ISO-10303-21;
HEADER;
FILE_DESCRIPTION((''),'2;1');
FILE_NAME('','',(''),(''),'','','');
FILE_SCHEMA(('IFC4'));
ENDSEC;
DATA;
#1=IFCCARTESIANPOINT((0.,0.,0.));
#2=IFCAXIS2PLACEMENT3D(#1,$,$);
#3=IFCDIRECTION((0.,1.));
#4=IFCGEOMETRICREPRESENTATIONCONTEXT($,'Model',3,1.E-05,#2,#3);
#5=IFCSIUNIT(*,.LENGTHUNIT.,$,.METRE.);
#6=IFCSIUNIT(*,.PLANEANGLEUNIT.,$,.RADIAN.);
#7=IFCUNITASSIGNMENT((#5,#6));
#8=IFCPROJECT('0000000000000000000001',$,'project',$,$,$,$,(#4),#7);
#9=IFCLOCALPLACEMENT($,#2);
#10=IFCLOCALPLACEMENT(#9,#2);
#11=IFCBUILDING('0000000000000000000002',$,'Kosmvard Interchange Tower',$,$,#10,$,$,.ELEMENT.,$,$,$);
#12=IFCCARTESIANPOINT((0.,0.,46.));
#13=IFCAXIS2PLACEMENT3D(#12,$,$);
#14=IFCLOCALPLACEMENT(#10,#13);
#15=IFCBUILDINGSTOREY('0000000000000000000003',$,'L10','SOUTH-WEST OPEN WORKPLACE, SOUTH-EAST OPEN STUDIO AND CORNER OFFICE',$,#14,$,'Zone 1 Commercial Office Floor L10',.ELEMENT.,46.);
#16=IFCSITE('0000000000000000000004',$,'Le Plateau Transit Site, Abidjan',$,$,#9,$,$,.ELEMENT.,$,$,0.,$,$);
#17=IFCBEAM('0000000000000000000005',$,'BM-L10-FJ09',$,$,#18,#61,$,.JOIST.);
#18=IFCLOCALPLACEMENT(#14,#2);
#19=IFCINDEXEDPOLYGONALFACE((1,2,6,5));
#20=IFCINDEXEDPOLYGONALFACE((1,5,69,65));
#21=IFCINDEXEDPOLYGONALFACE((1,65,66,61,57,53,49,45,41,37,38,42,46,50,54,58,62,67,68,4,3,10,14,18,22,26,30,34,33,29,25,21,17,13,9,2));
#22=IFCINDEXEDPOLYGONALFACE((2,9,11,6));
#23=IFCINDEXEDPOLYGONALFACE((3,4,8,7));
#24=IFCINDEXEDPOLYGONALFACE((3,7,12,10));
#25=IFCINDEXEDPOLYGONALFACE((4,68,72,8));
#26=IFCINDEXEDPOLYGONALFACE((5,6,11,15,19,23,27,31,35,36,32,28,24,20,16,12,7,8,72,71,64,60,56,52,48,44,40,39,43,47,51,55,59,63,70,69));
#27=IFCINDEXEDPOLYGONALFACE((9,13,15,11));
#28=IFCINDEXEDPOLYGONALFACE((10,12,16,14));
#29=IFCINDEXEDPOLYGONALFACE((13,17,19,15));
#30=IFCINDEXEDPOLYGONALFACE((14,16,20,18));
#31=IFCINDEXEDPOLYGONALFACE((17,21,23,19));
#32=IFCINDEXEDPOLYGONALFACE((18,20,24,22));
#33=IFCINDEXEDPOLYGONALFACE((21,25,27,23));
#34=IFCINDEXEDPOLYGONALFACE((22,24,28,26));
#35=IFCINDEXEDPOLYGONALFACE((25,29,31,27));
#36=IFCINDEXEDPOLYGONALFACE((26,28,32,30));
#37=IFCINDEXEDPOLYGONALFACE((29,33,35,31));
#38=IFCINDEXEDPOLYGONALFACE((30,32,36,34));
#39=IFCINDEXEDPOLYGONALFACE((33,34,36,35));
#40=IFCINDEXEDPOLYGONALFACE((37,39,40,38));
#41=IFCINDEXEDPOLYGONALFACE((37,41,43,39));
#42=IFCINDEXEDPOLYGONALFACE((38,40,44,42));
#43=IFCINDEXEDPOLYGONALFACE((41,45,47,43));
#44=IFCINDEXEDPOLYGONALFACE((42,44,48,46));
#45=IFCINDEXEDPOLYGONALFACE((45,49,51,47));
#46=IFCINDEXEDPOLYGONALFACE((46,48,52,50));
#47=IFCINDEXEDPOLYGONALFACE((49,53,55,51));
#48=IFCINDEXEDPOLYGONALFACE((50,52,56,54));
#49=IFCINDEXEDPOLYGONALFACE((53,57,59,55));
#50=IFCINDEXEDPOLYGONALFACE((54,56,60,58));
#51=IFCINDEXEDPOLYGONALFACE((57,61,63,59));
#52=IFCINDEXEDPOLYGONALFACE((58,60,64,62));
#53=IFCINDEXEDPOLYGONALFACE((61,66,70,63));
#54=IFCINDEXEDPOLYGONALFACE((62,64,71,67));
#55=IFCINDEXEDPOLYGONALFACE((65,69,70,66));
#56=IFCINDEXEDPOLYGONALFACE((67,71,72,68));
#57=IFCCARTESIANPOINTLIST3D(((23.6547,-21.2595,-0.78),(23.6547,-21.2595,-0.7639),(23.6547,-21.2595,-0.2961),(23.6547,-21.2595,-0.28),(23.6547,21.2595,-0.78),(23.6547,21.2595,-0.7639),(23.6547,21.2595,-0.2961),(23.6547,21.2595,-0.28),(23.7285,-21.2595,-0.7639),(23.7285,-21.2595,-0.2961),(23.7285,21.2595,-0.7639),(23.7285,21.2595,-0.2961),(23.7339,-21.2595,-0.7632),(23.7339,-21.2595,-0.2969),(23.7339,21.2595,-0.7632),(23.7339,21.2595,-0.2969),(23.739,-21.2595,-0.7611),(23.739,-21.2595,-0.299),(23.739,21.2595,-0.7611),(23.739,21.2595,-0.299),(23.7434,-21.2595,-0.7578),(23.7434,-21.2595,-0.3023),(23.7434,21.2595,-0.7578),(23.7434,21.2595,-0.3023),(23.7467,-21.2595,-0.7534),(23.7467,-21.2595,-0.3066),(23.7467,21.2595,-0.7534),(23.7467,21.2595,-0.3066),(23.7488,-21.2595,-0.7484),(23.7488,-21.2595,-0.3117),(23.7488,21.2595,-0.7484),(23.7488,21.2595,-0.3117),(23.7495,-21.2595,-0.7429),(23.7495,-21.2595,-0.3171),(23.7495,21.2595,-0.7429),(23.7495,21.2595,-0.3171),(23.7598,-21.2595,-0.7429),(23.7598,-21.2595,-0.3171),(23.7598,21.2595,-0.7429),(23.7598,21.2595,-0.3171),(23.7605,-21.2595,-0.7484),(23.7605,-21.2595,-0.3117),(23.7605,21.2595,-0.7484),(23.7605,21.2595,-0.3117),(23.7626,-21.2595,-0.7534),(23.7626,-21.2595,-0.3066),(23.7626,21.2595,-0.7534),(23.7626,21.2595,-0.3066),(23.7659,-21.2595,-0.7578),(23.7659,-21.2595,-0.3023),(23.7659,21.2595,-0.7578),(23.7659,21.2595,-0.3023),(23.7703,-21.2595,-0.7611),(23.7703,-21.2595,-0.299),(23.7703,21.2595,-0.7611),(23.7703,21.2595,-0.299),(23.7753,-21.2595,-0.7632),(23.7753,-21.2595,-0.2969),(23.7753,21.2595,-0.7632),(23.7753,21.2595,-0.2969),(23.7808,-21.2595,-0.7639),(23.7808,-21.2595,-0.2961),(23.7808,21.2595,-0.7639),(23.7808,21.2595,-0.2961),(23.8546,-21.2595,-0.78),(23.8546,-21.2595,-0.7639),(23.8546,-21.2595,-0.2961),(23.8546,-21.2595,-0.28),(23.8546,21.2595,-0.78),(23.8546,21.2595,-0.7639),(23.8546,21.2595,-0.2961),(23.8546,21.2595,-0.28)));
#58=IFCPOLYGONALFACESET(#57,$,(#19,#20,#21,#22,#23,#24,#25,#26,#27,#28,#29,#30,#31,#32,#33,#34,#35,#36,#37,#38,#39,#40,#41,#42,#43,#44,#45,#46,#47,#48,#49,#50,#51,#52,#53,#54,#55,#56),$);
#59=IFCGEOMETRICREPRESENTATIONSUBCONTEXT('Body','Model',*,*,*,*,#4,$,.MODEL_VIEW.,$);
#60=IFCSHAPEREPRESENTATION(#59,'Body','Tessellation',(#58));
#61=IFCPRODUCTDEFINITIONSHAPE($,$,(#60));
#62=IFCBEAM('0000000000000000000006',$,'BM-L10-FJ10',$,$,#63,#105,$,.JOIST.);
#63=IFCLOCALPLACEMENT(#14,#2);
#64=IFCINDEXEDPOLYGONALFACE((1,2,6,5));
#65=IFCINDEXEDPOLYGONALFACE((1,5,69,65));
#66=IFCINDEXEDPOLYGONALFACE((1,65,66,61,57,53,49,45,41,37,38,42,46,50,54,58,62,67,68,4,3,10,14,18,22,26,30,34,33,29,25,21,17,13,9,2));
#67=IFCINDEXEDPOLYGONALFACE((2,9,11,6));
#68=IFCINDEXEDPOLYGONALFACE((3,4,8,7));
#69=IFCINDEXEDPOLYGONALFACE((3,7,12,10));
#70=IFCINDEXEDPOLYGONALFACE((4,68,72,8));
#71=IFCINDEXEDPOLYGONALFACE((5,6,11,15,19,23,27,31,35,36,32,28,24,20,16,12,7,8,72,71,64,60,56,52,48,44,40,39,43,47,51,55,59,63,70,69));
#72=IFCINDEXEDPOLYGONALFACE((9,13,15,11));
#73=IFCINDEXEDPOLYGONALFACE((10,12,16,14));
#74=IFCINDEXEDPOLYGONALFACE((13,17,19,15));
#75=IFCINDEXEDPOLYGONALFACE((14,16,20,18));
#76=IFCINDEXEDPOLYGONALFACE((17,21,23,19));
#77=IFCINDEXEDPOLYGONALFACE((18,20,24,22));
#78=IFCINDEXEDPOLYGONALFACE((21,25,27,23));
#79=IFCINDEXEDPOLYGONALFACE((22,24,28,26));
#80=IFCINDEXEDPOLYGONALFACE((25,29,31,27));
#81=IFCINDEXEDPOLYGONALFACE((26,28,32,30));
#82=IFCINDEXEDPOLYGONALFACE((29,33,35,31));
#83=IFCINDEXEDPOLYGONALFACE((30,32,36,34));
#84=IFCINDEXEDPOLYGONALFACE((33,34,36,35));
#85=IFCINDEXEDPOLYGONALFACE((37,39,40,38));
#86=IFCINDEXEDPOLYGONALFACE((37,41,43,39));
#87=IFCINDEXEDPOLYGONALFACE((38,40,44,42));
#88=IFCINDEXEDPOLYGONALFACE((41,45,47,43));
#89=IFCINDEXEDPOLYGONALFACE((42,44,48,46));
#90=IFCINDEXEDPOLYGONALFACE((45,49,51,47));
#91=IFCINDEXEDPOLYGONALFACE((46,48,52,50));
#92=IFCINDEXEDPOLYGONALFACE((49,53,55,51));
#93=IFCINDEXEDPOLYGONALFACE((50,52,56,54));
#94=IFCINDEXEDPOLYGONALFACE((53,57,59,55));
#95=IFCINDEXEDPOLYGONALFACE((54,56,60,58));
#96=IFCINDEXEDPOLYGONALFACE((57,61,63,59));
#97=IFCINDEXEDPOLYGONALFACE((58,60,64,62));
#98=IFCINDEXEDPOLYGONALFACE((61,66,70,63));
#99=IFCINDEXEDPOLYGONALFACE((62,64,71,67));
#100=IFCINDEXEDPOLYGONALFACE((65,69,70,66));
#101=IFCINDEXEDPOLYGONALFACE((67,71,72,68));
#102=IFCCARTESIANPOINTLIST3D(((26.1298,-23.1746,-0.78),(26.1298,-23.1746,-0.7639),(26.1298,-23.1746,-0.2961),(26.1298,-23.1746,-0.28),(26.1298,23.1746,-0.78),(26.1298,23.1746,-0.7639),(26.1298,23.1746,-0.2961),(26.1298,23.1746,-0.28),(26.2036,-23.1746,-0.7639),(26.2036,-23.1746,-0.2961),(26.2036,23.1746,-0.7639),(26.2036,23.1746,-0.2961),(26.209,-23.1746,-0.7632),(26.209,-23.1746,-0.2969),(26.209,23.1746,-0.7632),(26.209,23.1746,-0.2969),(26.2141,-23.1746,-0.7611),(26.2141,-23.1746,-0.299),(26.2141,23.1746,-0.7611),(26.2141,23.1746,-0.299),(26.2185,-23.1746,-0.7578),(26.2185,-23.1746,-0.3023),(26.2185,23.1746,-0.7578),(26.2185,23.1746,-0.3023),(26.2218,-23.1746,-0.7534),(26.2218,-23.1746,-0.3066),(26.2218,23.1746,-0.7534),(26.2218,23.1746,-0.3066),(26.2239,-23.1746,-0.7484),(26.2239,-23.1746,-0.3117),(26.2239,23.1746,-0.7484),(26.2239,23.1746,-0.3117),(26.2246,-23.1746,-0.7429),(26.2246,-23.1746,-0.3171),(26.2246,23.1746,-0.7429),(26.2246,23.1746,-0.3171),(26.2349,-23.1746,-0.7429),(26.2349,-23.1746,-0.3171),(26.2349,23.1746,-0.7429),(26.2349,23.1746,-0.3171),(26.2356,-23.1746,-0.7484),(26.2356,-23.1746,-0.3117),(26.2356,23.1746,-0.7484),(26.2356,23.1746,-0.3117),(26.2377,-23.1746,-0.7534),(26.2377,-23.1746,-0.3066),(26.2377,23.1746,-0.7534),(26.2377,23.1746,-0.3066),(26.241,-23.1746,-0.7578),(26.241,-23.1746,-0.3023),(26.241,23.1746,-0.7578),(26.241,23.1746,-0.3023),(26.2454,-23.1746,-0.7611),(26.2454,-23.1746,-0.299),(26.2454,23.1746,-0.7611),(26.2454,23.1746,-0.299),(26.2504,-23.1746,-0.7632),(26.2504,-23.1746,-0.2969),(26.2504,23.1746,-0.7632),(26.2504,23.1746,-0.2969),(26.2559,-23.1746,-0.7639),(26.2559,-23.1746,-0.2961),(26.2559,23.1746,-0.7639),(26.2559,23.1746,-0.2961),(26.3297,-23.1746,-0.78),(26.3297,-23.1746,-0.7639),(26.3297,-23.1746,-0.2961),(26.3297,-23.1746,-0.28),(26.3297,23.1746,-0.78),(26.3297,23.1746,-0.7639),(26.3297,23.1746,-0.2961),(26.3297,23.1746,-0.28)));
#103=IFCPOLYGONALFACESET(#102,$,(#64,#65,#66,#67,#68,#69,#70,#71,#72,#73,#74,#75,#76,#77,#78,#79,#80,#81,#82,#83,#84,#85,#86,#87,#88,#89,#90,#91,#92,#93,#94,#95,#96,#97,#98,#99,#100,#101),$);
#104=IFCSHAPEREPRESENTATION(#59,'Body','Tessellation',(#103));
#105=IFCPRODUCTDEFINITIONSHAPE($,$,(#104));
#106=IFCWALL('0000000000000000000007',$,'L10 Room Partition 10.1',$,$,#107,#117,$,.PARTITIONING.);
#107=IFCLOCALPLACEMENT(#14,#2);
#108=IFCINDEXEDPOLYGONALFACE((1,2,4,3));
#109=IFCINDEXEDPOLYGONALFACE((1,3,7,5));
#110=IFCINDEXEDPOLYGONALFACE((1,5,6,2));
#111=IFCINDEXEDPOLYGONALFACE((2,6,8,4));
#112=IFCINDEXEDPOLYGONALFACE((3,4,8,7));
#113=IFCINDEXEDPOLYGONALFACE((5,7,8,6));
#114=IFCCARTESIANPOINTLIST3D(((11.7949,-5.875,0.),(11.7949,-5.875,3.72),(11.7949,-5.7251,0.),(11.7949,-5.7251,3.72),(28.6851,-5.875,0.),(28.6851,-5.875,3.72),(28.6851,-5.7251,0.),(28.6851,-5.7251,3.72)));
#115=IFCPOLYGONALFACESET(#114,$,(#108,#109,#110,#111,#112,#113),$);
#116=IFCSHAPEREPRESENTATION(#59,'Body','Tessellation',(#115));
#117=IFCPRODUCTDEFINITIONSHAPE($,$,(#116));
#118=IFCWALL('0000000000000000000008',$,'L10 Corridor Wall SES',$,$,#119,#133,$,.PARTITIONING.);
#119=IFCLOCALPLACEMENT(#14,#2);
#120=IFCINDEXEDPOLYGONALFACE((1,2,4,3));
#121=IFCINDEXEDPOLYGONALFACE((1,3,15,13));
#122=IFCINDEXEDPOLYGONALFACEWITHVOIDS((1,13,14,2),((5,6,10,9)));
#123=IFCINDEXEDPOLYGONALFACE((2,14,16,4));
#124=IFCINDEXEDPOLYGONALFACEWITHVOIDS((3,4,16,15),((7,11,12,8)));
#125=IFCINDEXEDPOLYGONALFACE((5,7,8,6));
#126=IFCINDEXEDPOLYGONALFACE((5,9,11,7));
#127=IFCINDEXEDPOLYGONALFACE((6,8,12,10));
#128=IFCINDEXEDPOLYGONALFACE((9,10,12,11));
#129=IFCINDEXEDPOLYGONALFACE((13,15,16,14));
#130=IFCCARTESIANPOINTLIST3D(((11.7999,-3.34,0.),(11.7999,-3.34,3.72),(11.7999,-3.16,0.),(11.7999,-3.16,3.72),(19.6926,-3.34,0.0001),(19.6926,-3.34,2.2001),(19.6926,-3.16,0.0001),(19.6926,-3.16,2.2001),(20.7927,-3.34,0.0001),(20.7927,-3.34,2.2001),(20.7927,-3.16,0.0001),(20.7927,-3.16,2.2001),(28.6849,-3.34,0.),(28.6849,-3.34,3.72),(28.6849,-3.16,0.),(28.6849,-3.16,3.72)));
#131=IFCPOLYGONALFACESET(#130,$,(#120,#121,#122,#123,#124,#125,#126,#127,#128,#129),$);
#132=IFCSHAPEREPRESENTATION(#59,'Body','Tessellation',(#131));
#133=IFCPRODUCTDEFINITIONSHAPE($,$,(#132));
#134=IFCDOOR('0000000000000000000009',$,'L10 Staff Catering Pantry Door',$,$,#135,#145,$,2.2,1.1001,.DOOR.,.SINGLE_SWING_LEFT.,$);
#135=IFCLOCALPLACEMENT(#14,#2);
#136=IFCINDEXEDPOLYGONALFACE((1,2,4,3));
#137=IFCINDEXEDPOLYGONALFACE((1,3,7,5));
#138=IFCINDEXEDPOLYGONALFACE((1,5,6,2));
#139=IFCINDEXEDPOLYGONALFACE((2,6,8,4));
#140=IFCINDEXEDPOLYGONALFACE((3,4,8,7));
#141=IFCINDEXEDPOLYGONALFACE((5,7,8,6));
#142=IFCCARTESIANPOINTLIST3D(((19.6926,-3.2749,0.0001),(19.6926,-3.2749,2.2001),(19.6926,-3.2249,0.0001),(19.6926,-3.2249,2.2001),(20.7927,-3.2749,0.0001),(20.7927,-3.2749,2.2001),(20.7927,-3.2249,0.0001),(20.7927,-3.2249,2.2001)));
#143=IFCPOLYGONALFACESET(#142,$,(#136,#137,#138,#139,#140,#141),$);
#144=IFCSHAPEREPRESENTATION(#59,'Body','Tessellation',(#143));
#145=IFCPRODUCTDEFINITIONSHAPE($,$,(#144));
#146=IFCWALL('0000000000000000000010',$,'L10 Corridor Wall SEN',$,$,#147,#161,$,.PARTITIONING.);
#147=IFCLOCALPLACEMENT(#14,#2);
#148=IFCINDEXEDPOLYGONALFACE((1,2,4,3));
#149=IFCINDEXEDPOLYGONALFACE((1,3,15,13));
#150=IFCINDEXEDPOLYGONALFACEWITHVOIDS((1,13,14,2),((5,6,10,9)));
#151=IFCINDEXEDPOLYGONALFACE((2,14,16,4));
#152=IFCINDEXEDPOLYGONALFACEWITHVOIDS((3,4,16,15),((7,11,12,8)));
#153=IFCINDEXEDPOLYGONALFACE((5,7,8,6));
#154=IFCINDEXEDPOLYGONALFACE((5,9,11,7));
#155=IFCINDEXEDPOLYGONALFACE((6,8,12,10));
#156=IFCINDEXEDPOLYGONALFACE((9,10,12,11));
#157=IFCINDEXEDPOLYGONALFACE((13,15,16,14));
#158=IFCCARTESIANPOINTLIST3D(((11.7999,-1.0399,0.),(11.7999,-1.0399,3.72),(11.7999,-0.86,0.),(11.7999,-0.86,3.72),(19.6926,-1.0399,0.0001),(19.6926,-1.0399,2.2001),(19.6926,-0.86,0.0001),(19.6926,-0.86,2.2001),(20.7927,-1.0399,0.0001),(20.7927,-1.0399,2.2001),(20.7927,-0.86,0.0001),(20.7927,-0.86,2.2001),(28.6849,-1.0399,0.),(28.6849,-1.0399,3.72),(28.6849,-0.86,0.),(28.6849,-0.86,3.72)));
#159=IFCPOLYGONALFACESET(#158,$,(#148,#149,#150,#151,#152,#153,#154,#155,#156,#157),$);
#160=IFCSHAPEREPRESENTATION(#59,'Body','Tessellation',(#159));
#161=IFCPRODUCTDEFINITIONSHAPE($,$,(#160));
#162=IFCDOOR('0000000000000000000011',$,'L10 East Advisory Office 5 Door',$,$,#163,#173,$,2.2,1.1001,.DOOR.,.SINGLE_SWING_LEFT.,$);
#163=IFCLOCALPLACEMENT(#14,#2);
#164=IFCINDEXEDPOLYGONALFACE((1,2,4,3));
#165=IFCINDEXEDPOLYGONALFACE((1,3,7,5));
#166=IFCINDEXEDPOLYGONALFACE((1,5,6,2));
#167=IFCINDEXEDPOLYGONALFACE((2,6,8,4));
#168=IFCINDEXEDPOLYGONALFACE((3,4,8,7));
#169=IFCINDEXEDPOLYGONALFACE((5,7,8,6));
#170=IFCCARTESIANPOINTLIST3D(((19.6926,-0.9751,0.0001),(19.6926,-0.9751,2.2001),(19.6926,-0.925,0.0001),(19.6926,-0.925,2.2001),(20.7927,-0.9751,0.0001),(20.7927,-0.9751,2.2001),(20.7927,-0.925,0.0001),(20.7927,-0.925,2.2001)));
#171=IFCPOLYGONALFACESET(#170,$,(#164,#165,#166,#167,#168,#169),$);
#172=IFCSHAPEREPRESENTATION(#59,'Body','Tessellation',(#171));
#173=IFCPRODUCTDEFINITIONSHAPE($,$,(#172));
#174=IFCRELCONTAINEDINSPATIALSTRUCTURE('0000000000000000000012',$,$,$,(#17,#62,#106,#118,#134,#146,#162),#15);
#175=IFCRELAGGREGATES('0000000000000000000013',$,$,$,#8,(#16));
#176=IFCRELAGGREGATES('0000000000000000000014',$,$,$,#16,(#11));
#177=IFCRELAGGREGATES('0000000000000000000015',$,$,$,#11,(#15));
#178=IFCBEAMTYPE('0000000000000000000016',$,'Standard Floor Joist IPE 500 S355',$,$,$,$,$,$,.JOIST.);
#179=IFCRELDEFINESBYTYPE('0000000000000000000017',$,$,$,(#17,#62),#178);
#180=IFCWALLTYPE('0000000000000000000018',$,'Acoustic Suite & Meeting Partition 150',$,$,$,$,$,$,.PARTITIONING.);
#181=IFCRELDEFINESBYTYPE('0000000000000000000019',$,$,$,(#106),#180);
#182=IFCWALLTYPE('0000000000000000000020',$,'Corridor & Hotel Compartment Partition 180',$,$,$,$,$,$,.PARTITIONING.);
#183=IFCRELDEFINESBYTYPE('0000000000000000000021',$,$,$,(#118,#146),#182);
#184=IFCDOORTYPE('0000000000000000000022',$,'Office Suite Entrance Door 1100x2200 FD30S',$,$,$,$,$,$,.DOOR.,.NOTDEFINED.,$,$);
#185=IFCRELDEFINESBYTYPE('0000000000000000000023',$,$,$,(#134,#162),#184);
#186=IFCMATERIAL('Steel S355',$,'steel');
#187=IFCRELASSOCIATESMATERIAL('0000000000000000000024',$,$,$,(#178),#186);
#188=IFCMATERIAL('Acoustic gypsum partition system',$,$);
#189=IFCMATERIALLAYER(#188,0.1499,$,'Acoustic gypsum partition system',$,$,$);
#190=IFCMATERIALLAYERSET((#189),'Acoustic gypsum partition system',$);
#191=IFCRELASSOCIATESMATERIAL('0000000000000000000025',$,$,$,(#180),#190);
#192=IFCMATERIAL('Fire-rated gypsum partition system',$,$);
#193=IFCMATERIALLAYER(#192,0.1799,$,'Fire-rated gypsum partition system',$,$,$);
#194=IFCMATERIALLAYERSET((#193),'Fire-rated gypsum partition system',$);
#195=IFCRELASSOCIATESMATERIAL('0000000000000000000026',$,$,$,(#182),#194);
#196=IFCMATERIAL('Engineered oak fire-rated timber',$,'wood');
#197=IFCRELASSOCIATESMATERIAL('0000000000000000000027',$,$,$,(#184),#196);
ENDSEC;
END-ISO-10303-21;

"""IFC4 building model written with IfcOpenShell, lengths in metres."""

from ifc_helpers import new_model, si_unit, direction, frame, frame_2d, origin, origin_2d, place, context, subcontext, project, spatial, rectangle, i_section, extrude, source, transform, mapped, material, layer, layer_set, material_profile, profile_set, type_object, element, fill, save


model = new_model("IFC4")

# Units and contexts
model_context = context("Model", 3, precision=1e-05, world=origin(), true_north=direction((0.0, 1.0)))
body_context = subcontext(model_context, "Body", "Model", "MODEL_VIEW")
ifc_project = project(units=[si_unit("LENGTHUNIT", "METRE"), si_unit("PLANEANGLEUNIT", "RADIAN")], contexts=[model_context])

# Site, building, storey
site_placement = place(None, origin())
site = spatial("IfcSite", under=ifc_project, at=site_placement, Name="Le Plateau Transit Site, Abidjan", CompositionType="ELEMENT", RefElevation=0.0)
building_placement = place(site_placement, origin())
building = spatial("IfcBuilding", under=site, at=building_placement, Name="Kosmvard Interchange Tower", CompositionType="ELEMENT")
storey_placement = place(building_placement, frame((0.0, 0.0, 46.0)))
storey = spatial("IfcBuildingStorey", under=building, at=storey_placement, Name="L10", Description="SOUTH-WEST OPEN WORKPLACE, SOUTH-EAST OPEN STUDIO AND CORNER OFFICE", LongName="Zone 1 Commercial Office Floor L10", CompositionType="ELEMENT", Elevation=46.0)

# Beams
ifc_material_1 = material(Name="Steel S355", Category="steel")
ifc_material_profile_1 = material_profile(ifc_material_1, i_section(OverallWidth=0.2, OverallDepth=0.5, WebThickness=0.0103, FlangeThickness=0.0161, FilletRadius=0.021, at=origin_2d()), Name="IPE 500")
ifc_profile_set_1 = profile_set([ifc_material_profile_1], Name="Steel S355")
beam_type_1 = type_object("IfcBeamType", Name="Standard Floor Joist IPE 500 S355", PredefinedType="JOIST", material=ifc_profile_set_1)
shared_shape_1 = source(origin(), body_context, "Body", "SweptSolid", [
    extrude(i_section(OverallWidth=0.2, OverallDepth=0.5, WebThickness=0.0103, FlangeThickness=0.0161, FilletRadius=0.021, at=origin_2d()), origin(), (0.0, 0.0, 1.0), 42.519),
])
beam_1_placement = place(storey_placement, frame((23.7546, -21.2595, -0.53), z_axis=(0.0, 1.0, 0.0), x_axis=(-1.0, 0.0, 0.0)))
element("IfcBeam", 1, at=beam_1_placement, inside=storey, type_object=beam_type_1, Name="BM-L10-FJ09", PredefinedType="JOIST", context=body_context, shape_type="MappedRepresentation", body=[
    mapped(shared_shape_1, transform((0.0, 0.0, 0.0), scale=1.0)),
])
shared_shape_2 = source(origin(), body_context, "Body", "SweptSolid", [
    extrude(i_section(OverallWidth=0.2, OverallDepth=0.5, WebThickness=0.0103, FlangeThickness=0.0161, FilletRadius=0.021, at=origin_2d()), origin(), (0.0, 0.0, 1.0), 46.3491),
])
beam_2_placement = place(storey_placement, frame((26.2297, -23.1746, -0.53), z_axis=(0.0, 1.0, 0.0), x_axis=(-1.0, 0.0, 0.0)))
element("IfcBeam", 2, at=beam_2_placement, inside=storey, type_object=beam_type_1, Name="BM-L10-FJ10", PredefinedType="JOIST", context=body_context, shape_type="MappedRepresentation", body=[
    mapped(shared_shape_2, transform((0.0, 0.0, 0.0), scale=1.0)),
])

# Wall
ifc_material_2 = material(Name="Acoustic gypsum partition system")
ifc_layer_1 = layer(ifc_material_2, 0.1499, Name="Acoustic gypsum partition system")
ifc_layer_set_1 = layer_set([ifc_layer_1], Name="Acoustic gypsum partition system")
wall_type_1 = type_object("IfcWallType", Name="Acoustic Suite & Meeting Partition 150", PredefinedType="PARTITIONING", material=ifc_layer_set_1)
wall_1_placement = place(storey_placement, frame((11.7949, -5.8, 0.0), z_axis=(0.0, 0.0, 1.0), x_axis=(1.0, 0.0, 0.0)))
element("IfcWall", 3, at=wall_1_placement, inside=storey, type_object=wall_type_1, Name="L10 Room Partition 10.1", PredefinedType="PARTITIONING", context=body_context, shape_type="SweptSolid", body=[
    extrude(rectangle(XDim=16.8901, YDim=0.1499, at=frame_2d((8.4451, 0.0))), origin(), (0.0, 0.0, 1.0), 3.72),
])

# Walls, openings, doors
ifc_material_3 = material(Name="Fire-rated gypsum partition system")
ifc_layer_2 = layer(ifc_material_3, 0.1799, Name="Fire-rated gypsum partition system")
ifc_layer_set_2 = layer_set([ifc_layer_2], Name="Fire-rated gypsum partition system")
wall_type_2 = type_object("IfcWallType", Name="Corridor & Hotel Compartment Partition 180", PredefinedType="PARTITIONING", material=ifc_layer_set_2)
wall_2_placement = place(storey_placement, frame((11.8, -3.25, 0.0), z_axis=(0.0, 0.0, 1.0), x_axis=(1.0, 0.0, 0.0)))
wall_2 = element("IfcWall", 4, at=wall_2_placement, inside=storey, type_object=wall_type_2, Name="L10 Corridor Wall SES", PredefinedType="PARTITIONING", context=body_context, shape_type="SweptSolid", body=[
    extrude(rectangle(XDim=16.885, YDim=0.1799, at=frame_2d((8.4424, 0.0))), origin(), (0.0, 0.0, 1.0), 3.72),
])
opening_1_placement = place(wall_2_placement, frame((7.8926, 0.0, 0.0)))
opening_1 = element("IfcOpeningElement", 5, at=opening_1_placement, cuts=wall_2, PredefinedType="OPENING", context=body_context, shape_type="SweptSolid", body=[
    extrude(rectangle(XDim=1.1001, YDim=2.2, at=frame_2d((0.55, 1.1001))), frame((0.0, 0.1001, 0.0), z_axis=(0.0, -1.0, 0.0), x_axis=(1.0, 0.0, 0.0)), (0.0, 0.0, 1.0), 0.2),
])
ifc_material_4 = material(Name="Engineered oak fire-rated timber", Category="wood")
door_type_1 = type_object("IfcDoorType", Name="Office Suite Entrance Door 1100x2200 FD30S", OperationType="NOTDEFINED", PredefinedType="DOOR", material=ifc_material_4)
shared_shape_3 = source(origin(), body_context, "Body", "SweptSolid", [
    extrude(rectangle(XDim=1.1001, YDim=2.2, at=frame_2d((0.55, 1.1001))), frame((0.0, 0.0249, 0.0), z_axis=(0.0, -1.0, 0.0), x_axis=(1.0, 0.0, 0.0)), (0.0, 0.0, 1.0), 0.05),
])
door_1_placement = place(opening_1_placement, frame((1.1001, 0.0, 0.0), z_axis=(0.0, 0.0, 1.0), x_axis=(-1.0, 0.0, 0.0)))
door_1 = element("IfcDoor", 6, at=door_1_placement, inside=storey, type_object=door_type_1, Name="L10 Staff Catering Pantry Door", OperationType="SINGLE_SWING_LEFT", OverallHeight=2.2, OverallWidth=1.1001, PredefinedType="DOOR", context=body_context, shape_type="MappedRepresentation", body=[
    mapped(shared_shape_3, transform((0.0, 0.0, 0.0), scale=1.0)),
])
fill(opening_1, door_1)
wall_3_placement = place(storey_placement, frame((11.8, -0.95, 0.0), z_axis=(0.0, 0.0, 1.0), x_axis=(1.0, 0.0, 0.0)))
wall_3 = element("IfcWall", 7, at=wall_3_placement, inside=storey, type_object=wall_type_2, Name="L10 Corridor Wall SEN", PredefinedType="PARTITIONING", context=body_context, shape_type="SweptSolid", body=[
    extrude(rectangle(XDim=16.885, YDim=0.1799, at=frame_2d((8.4424, 0.0))), origin(), (0.0, 0.0, 1.0), 3.72),
])
opening_2_placement = place(wall_3_placement, frame((7.8926, 0.0, 0.0)))
opening_2 = element("IfcOpeningElement", 8, at=opening_2_placement, cuts=wall_3, PredefinedType="OPENING", context=body_context, shape_type="SweptSolid", body=[
    extrude(rectangle(XDim=1.1001, YDim=2.2, at=frame_2d((0.55, 1.1001))), frame((0.0, 0.1001, 0.0), z_axis=(0.0, -1.0, 0.0), x_axis=(1.0, 0.0, 0.0)), (0.0, 0.0, 1.0), 0.2),
])
door_2_placement = place(opening_2_placement, origin())
door_2 = element("IfcDoor", 9, at=door_2_placement, inside=storey, type_object=door_type_1, Name="L10 East Advisory Office 5 Door", OperationType="SINGLE_SWING_LEFT", OverallHeight=2.2, OverallWidth=1.1001, PredefinedType="DOOR", context=body_context, shape_type="MappedRepresentation", body=[
    mapped(shared_shape_3, transform((0.0, 0.0, 0.0), scale=1.0)),
])
fill(opening_2, door_2)

save(model, "model.ifc")
